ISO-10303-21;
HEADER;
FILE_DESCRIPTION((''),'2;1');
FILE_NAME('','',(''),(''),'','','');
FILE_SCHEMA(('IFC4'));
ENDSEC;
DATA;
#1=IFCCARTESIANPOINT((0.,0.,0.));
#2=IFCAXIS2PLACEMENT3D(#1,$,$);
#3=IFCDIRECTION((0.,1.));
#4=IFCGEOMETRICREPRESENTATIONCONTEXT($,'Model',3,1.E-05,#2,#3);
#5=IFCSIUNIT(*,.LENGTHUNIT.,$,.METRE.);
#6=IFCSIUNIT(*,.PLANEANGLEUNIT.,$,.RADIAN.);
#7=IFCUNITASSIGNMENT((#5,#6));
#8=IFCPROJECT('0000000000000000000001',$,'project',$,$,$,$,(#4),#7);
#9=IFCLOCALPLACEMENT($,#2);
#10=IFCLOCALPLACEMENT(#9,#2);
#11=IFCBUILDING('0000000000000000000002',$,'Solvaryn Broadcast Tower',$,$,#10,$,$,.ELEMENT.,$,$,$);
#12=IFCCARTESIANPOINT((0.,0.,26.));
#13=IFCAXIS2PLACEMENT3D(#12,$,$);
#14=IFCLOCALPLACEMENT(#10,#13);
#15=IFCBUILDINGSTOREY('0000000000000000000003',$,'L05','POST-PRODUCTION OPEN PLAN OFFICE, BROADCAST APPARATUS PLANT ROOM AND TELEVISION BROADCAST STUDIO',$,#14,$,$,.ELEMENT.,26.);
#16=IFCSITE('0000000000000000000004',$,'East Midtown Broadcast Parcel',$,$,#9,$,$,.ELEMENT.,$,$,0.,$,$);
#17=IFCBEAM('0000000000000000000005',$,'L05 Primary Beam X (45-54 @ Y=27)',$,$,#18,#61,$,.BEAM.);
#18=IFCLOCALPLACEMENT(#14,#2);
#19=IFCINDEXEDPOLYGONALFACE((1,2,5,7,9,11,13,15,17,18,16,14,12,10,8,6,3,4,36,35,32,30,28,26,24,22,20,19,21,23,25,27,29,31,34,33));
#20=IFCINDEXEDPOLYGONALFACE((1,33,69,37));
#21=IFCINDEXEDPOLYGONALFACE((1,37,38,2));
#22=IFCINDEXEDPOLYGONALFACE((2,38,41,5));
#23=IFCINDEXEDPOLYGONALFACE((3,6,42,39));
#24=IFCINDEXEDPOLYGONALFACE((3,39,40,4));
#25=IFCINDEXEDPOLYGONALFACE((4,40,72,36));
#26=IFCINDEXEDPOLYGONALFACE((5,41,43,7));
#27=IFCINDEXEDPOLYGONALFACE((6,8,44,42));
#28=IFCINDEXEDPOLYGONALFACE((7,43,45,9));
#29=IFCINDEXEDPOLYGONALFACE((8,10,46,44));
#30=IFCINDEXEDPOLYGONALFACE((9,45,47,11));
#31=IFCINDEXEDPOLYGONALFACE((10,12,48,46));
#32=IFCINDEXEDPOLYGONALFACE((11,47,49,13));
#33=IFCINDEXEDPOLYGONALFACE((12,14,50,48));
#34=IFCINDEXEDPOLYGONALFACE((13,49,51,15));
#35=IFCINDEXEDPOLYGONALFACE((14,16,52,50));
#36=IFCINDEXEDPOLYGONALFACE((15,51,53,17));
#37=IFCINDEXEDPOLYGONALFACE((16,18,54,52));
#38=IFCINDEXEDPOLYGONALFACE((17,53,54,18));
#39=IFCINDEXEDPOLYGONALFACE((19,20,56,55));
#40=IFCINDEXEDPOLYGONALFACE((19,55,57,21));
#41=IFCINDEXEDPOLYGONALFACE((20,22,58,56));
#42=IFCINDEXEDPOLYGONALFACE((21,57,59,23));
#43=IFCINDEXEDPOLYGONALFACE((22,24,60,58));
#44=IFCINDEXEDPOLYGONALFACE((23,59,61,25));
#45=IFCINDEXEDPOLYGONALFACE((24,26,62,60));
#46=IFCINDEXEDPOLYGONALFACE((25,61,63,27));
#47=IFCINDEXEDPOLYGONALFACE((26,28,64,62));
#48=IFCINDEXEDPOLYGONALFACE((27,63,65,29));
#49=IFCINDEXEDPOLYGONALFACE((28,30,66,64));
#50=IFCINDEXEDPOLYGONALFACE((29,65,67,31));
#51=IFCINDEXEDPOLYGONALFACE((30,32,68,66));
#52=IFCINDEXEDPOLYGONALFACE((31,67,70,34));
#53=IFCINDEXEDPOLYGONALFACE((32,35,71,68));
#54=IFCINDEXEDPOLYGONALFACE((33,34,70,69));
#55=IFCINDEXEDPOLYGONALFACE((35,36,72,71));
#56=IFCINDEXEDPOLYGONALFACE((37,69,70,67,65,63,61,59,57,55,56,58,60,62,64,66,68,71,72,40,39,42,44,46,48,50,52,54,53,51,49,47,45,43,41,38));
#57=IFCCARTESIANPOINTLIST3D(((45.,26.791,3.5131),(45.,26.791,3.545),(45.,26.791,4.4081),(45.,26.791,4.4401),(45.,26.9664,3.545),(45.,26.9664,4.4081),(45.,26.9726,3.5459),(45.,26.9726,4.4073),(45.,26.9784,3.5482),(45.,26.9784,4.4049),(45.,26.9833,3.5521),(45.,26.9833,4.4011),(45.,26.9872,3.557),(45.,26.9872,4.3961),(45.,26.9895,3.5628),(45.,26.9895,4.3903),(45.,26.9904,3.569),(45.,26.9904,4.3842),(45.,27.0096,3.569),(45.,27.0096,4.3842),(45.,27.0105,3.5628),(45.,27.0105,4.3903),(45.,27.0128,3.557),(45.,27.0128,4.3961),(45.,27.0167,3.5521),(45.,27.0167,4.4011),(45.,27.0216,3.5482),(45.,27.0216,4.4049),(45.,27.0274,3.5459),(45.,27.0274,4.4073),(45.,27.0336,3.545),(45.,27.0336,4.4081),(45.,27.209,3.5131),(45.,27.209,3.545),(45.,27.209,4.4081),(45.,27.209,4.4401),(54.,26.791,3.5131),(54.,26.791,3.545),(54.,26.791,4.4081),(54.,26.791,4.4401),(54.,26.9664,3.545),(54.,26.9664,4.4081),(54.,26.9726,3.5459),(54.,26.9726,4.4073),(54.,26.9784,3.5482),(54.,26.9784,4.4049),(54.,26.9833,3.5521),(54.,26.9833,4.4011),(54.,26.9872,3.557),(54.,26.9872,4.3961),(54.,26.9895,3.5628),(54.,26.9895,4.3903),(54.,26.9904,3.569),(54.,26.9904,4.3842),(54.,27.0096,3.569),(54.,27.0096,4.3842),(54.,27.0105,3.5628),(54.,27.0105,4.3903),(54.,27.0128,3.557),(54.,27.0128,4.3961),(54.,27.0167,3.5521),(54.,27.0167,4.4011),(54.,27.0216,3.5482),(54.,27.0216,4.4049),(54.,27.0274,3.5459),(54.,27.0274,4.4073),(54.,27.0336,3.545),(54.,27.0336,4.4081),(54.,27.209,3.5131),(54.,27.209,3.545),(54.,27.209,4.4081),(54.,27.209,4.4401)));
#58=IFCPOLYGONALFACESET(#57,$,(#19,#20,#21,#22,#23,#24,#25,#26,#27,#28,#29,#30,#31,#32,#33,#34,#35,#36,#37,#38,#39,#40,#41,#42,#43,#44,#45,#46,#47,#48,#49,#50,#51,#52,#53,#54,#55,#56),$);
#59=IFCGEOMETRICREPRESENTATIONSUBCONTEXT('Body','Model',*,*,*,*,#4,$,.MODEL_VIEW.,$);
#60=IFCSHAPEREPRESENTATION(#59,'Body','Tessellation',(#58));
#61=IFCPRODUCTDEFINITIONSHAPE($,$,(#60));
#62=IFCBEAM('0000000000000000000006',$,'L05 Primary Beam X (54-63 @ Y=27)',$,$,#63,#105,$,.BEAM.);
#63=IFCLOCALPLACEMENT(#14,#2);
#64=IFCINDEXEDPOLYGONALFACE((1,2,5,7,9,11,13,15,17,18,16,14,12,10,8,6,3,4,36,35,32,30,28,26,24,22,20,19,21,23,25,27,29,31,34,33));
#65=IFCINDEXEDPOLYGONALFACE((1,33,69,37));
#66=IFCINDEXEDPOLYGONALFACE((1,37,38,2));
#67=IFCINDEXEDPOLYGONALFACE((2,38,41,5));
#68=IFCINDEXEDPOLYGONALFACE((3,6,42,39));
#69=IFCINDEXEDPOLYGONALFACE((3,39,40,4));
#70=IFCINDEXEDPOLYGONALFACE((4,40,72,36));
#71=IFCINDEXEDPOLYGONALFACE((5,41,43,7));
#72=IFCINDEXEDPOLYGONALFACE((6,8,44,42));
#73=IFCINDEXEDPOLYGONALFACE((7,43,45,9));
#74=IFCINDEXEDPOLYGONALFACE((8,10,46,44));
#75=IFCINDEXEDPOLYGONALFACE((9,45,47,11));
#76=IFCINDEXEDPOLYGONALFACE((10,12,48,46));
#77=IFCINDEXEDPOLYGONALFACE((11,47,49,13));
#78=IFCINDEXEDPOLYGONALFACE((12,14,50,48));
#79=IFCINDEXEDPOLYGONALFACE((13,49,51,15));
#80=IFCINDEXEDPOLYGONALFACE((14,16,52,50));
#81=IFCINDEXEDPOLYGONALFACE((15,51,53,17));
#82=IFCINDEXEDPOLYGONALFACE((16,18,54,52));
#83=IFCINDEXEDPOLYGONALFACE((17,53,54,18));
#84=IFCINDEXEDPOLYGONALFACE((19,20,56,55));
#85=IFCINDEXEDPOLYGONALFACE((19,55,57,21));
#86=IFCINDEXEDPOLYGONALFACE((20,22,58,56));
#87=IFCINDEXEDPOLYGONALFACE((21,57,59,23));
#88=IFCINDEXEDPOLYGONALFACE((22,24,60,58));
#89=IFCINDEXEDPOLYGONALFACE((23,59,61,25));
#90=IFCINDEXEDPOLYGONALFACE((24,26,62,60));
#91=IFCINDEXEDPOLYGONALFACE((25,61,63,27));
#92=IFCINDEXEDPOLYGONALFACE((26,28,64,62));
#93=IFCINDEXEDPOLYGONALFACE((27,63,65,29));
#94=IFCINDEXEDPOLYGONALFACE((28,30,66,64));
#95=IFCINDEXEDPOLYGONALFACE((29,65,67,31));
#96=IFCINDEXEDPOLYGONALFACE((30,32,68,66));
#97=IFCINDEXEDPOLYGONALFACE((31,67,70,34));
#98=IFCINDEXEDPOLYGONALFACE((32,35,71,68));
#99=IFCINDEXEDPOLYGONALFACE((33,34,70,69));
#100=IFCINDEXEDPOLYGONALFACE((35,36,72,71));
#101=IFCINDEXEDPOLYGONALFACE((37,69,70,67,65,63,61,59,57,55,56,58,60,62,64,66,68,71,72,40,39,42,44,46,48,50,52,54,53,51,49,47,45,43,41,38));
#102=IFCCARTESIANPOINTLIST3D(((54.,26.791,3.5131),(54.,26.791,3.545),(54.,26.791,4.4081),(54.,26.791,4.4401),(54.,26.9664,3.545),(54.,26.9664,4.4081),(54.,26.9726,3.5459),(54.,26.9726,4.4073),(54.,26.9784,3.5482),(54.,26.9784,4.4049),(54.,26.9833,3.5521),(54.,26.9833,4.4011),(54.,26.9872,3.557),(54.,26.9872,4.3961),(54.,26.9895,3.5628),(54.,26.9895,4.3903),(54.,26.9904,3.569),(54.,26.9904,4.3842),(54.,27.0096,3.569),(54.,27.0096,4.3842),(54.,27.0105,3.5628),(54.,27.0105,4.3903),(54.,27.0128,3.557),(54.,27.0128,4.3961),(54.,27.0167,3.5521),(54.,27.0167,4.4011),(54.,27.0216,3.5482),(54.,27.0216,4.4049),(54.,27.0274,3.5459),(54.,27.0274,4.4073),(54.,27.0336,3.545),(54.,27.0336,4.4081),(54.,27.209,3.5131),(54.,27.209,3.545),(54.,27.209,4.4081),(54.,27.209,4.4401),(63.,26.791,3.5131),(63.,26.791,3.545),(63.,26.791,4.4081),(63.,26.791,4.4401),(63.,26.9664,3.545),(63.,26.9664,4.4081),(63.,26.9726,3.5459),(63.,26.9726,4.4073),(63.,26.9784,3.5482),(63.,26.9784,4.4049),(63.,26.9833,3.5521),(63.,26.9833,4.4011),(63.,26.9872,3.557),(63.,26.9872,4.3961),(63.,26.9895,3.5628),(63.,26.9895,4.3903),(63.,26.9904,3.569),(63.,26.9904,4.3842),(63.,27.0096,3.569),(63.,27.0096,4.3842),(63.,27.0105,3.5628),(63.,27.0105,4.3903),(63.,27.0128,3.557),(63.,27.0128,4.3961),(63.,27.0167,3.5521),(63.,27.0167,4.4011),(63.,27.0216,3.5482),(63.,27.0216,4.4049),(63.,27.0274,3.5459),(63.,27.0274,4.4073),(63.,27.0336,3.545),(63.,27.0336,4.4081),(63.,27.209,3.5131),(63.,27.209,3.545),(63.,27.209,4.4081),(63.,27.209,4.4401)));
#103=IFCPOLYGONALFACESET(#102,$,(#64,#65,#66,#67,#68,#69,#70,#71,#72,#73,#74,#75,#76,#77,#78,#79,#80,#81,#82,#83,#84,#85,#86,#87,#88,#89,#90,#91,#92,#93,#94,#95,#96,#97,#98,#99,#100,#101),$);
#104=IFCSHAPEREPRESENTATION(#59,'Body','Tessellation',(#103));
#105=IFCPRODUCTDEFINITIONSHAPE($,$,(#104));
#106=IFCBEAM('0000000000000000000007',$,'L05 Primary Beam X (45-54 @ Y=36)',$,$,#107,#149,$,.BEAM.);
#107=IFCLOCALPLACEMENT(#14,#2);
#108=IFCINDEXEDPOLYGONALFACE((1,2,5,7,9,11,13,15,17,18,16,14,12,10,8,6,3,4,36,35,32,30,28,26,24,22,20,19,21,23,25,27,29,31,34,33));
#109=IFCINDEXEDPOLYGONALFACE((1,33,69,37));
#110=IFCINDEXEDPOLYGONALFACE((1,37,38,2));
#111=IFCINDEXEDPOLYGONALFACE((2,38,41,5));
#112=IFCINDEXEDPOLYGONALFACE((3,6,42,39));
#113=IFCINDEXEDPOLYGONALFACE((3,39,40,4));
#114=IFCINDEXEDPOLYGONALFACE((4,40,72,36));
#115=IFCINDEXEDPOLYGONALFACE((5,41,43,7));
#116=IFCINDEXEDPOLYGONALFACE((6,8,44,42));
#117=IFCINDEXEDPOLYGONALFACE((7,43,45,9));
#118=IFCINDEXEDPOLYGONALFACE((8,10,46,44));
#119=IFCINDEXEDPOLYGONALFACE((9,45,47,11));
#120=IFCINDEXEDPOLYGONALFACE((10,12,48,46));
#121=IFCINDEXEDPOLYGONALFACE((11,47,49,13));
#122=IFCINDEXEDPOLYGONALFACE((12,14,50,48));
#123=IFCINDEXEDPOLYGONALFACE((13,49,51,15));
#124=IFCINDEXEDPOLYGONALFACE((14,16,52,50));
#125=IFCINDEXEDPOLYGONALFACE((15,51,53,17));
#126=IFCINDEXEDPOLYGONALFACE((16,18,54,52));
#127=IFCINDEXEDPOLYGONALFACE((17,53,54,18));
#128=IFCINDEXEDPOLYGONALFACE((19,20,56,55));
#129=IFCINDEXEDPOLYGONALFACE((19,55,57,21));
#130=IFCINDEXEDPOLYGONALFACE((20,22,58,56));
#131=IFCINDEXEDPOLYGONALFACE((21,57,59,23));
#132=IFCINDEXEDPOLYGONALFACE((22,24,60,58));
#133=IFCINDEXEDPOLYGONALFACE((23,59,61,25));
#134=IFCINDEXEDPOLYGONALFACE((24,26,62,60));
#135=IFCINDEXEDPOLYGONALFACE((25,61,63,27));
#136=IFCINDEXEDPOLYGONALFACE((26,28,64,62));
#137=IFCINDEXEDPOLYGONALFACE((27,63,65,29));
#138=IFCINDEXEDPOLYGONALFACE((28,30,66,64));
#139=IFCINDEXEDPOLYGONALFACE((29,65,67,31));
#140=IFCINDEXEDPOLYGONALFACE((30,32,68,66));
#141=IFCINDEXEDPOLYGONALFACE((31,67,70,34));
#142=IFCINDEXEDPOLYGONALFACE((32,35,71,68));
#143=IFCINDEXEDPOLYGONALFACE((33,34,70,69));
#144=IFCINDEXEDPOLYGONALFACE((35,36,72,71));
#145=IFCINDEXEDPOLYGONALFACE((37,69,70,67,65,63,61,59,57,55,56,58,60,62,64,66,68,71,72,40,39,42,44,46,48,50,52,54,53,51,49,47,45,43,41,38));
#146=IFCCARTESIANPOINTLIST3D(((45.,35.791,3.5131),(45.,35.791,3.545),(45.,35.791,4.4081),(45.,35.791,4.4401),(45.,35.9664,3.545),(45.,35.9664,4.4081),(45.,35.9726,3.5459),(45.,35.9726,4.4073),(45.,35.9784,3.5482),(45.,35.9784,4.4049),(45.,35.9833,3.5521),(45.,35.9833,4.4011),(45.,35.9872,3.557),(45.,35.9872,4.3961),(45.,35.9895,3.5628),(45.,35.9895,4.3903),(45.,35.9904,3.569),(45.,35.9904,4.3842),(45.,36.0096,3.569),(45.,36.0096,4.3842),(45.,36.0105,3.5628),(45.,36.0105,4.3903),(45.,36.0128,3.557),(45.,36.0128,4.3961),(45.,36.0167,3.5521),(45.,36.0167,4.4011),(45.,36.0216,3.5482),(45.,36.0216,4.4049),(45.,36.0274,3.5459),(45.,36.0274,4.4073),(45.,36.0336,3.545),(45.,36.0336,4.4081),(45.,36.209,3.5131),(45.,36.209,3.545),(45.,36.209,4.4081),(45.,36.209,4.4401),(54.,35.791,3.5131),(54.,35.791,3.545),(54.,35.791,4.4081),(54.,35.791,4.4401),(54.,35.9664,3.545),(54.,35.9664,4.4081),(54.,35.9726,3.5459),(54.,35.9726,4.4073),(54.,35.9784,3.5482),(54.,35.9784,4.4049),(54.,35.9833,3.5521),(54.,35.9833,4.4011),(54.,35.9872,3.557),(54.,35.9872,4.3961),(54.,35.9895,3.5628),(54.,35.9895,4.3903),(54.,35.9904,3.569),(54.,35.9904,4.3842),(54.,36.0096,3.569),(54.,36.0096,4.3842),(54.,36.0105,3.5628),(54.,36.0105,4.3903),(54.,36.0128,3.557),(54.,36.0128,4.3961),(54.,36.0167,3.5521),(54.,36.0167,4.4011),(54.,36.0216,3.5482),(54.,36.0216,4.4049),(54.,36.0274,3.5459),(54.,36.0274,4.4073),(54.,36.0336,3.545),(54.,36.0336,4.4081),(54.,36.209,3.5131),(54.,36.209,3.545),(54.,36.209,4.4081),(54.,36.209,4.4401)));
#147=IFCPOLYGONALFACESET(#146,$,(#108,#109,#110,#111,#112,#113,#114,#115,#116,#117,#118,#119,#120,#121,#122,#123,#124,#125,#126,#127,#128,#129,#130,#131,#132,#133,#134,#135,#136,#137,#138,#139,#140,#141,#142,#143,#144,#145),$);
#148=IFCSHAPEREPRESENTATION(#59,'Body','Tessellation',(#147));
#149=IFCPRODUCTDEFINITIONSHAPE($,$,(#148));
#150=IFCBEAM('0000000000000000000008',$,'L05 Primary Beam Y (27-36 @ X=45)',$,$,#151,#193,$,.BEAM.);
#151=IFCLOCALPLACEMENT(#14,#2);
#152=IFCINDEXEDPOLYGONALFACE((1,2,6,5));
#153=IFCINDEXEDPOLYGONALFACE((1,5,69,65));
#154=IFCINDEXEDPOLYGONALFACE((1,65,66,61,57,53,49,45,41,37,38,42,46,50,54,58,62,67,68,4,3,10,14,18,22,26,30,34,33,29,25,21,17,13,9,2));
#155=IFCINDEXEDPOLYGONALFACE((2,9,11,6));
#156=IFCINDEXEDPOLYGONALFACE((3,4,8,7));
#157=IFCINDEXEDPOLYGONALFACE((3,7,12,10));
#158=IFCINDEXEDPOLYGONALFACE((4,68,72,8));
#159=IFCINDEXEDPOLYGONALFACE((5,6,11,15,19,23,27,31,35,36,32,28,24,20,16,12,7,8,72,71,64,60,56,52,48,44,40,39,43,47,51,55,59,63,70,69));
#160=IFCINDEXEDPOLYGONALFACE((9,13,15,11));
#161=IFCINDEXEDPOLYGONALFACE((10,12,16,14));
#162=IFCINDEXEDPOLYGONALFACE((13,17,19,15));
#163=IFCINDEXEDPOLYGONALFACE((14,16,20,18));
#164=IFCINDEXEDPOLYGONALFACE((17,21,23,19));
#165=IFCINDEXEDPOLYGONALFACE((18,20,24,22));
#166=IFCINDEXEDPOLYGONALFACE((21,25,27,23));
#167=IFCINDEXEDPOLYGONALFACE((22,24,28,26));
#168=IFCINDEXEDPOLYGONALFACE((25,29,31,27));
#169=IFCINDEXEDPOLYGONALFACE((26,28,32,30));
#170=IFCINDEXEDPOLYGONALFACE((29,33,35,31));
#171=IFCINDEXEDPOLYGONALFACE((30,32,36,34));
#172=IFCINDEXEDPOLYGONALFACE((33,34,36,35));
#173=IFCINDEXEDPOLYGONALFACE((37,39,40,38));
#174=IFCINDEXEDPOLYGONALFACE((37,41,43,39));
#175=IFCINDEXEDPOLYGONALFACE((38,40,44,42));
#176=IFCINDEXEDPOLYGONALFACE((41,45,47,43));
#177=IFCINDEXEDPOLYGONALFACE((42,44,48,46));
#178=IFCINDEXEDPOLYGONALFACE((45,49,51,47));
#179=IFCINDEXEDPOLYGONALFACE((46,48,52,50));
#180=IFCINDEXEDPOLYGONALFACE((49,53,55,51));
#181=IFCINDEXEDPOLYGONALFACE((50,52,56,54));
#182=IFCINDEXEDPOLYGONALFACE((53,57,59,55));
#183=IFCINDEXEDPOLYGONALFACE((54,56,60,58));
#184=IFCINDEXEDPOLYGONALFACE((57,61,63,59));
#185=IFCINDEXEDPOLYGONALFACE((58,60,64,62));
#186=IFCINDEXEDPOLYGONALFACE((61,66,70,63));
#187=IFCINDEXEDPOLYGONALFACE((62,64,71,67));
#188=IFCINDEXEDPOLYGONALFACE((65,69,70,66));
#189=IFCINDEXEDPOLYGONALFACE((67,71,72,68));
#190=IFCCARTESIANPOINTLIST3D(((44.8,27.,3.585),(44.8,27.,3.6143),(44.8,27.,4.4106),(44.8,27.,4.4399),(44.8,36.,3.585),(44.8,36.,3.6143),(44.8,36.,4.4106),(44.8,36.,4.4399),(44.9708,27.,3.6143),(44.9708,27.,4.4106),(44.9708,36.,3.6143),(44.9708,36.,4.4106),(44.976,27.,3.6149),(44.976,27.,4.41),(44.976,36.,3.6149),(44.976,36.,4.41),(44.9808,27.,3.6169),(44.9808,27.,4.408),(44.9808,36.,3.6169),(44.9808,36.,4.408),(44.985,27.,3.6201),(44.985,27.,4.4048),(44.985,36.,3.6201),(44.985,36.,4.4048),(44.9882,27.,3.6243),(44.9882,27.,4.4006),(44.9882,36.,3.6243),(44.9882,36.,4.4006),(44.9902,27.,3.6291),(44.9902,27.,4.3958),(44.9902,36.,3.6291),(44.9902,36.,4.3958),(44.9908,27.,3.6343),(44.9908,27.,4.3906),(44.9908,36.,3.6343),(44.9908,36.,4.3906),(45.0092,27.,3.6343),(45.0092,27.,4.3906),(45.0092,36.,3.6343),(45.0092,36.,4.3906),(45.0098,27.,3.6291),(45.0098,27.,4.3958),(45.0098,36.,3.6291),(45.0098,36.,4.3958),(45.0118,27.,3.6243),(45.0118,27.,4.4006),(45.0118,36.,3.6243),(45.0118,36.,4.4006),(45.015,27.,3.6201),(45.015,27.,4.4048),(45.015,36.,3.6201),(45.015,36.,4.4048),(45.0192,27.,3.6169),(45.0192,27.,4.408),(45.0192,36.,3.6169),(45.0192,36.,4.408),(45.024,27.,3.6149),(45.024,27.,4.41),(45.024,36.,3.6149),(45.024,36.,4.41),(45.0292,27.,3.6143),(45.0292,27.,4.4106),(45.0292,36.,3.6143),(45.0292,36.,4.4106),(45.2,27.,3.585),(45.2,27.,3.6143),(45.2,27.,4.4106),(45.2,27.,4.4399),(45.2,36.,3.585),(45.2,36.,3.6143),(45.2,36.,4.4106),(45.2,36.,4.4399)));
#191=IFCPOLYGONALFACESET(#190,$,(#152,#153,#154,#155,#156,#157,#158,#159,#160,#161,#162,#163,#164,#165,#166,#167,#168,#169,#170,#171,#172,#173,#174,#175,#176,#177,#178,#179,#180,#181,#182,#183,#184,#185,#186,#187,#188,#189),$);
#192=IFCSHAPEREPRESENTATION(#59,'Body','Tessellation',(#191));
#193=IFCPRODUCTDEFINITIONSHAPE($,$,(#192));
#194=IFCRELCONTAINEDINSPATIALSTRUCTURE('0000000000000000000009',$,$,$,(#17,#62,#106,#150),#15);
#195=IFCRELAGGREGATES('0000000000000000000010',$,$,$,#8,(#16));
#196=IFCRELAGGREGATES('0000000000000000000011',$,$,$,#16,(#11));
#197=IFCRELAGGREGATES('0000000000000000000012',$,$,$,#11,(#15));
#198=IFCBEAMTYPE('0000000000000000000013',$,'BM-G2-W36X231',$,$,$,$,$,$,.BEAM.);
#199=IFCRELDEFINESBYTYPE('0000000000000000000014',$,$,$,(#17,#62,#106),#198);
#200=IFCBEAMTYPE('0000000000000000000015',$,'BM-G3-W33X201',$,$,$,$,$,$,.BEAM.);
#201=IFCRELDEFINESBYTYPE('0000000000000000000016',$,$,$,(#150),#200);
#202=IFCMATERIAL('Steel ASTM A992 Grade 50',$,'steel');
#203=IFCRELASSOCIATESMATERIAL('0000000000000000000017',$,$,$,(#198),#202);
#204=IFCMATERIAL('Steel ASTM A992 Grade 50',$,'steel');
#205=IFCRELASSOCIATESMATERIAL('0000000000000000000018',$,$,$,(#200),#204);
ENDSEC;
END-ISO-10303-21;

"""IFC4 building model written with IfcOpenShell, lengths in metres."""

from ifc_helpers import new_model, si_unit, direction, frame, origin, origin_2d, place, context, subcontext, project, spatial, i_section, extrude, material, material_profile, profile_set, type_object, element, save


model = new_model("IFC4")

# Units and contexts
model_context = context("Model", 3, precision=1e-05, world=origin(), true_north=direction((0.0, 1.0)))
body_context = subcontext(model_context, "Body", "Model", "MODEL_VIEW")
ifc_project = project(units=[si_unit("LENGTHUNIT", "METRE"), si_unit("PLANEANGLEUNIT", "RADIAN")], contexts=[model_context])

# Site, building, storey
site_placement = place(None, origin())
site = spatial("IfcSite", under=ifc_project, at=site_placement, Name="East Midtown Broadcast Parcel", CompositionType="ELEMENT", RefElevation=0.0)
building_placement = place(site_placement, origin())
building = spatial("IfcBuilding", under=site, at=building_placement, Name="Solvaryn Broadcast Tower", CompositionType="ELEMENT")
storey_placement = place(building_placement, frame((0.0, 0.0, 26.0)))
storey = spatial("IfcBuildingStorey", under=building, at=storey_placement, Name="L05", Description="POST-PRODUCTION OPEN PLAN OFFICE, BROADCAST APPARATUS PLANT ROOM AND TELEVISION BROADCAST STUDIO", CompositionType="ELEMENT", Elevation=26.0)

# Beams
ifc_material_1 = material(Name="Steel ASTM A992 Grade 50", Category="steel")
ifc_material_profile_1 = material_profile(ifc_material_1, i_section(OverallWidth=0.418, OverallDepth=0.927, WebThickness=0.0193, FlangeThickness=0.032, FilletRadius=0.0239, at=origin_2d()))
ifc_profile_set_1 = profile_set([ifc_material_profile_1], Name="Steel ASTM A992 Grade 50")
beam_type_1 = type_object("IfcBeamType", Name="BM-G2-W36X231", PredefinedType="BEAM", material=ifc_profile_set_1)
for number, where, z_axis, x_axis, name in (
    (1, (45.0, 27.0, 3.9766), (1.0, 0.0, 0.0), (0.0, 1.0, 0.0), "L05 Primary Beam X (45-54 @ Y=27)"),
    (2, (54.0, 27.0, 3.9766), (1.0, 0.0, 0.0), (0.0, 1.0, 0.0), "L05 Primary Beam X (54-63 @ Y=27)"),
    (3, (45.0, 36.0, 3.9766), (1.0, 0.0, 0.0), (0.0, 1.0, 0.0), "L05 Primary Beam X (45-54 @ Y=36)"),
):
    element("IfcBeam", number, at=place(storey_placement, frame(where, z_axis=z_axis, x_axis=x_axis)), inside=storey, type_object=beam_type_1, Name=name, PredefinedType="BEAM", context=body_context, shape_type="SweptSolid", body=[
        extrude(i_section(OverallWidth=0.418, OverallDepth=0.927, WebThickness=0.0193, FlangeThickness=0.032, FilletRadius=0.0239, at=origin_2d()), origin(), (0.0, 0.0, 1.0), 9.0),
    ])
ifc_material_2 = material(Name="Steel ASTM A992 Grade 50", Category="steel")
ifc_material_profile_2 = material_profile(ifc_material_2, i_section(OverallWidth=0.3999, OverallDepth=0.855, WebThickness=0.0183, FlangeThickness=0.0293, FilletRadius=0.02, at=origin_2d()))
ifc_profile_set_2 = profile_set([ifc_material_profile_2], Name="Steel ASTM A992 Grade 50")
beam_type_2 = type_object("IfcBeamType", Name="BM-G3-W33X201", PredefinedType="BEAM", material=ifc_profile_set_2)
for number, where, z_axis, x_axis, name in (
    (4, (45.0, 27.0, 4.0125), (0.0, 1.0, 0.0), (-1.0, 0.0, 0.0), "L05 Primary Beam Y (27-36 @ X=45)"),
):
    element("IfcBeam", number, at=place(storey_placement, frame(where, z_axis=z_axis, x_axis=x_axis)), inside=storey, type_object=beam_type_2, Name=name, PredefinedType="BEAM", context=body_context, shape_type="SweptSolid", body=[
        extrude(i_section(OverallWidth=0.3999, OverallDepth=0.855, WebThickness=0.0183, FlangeThickness=0.0293, FilletRadius=0.02, at=origin_2d()), origin(), (0.0, 0.0, 1.0), 9.0),
    ])

save(model, "model.ifc")
